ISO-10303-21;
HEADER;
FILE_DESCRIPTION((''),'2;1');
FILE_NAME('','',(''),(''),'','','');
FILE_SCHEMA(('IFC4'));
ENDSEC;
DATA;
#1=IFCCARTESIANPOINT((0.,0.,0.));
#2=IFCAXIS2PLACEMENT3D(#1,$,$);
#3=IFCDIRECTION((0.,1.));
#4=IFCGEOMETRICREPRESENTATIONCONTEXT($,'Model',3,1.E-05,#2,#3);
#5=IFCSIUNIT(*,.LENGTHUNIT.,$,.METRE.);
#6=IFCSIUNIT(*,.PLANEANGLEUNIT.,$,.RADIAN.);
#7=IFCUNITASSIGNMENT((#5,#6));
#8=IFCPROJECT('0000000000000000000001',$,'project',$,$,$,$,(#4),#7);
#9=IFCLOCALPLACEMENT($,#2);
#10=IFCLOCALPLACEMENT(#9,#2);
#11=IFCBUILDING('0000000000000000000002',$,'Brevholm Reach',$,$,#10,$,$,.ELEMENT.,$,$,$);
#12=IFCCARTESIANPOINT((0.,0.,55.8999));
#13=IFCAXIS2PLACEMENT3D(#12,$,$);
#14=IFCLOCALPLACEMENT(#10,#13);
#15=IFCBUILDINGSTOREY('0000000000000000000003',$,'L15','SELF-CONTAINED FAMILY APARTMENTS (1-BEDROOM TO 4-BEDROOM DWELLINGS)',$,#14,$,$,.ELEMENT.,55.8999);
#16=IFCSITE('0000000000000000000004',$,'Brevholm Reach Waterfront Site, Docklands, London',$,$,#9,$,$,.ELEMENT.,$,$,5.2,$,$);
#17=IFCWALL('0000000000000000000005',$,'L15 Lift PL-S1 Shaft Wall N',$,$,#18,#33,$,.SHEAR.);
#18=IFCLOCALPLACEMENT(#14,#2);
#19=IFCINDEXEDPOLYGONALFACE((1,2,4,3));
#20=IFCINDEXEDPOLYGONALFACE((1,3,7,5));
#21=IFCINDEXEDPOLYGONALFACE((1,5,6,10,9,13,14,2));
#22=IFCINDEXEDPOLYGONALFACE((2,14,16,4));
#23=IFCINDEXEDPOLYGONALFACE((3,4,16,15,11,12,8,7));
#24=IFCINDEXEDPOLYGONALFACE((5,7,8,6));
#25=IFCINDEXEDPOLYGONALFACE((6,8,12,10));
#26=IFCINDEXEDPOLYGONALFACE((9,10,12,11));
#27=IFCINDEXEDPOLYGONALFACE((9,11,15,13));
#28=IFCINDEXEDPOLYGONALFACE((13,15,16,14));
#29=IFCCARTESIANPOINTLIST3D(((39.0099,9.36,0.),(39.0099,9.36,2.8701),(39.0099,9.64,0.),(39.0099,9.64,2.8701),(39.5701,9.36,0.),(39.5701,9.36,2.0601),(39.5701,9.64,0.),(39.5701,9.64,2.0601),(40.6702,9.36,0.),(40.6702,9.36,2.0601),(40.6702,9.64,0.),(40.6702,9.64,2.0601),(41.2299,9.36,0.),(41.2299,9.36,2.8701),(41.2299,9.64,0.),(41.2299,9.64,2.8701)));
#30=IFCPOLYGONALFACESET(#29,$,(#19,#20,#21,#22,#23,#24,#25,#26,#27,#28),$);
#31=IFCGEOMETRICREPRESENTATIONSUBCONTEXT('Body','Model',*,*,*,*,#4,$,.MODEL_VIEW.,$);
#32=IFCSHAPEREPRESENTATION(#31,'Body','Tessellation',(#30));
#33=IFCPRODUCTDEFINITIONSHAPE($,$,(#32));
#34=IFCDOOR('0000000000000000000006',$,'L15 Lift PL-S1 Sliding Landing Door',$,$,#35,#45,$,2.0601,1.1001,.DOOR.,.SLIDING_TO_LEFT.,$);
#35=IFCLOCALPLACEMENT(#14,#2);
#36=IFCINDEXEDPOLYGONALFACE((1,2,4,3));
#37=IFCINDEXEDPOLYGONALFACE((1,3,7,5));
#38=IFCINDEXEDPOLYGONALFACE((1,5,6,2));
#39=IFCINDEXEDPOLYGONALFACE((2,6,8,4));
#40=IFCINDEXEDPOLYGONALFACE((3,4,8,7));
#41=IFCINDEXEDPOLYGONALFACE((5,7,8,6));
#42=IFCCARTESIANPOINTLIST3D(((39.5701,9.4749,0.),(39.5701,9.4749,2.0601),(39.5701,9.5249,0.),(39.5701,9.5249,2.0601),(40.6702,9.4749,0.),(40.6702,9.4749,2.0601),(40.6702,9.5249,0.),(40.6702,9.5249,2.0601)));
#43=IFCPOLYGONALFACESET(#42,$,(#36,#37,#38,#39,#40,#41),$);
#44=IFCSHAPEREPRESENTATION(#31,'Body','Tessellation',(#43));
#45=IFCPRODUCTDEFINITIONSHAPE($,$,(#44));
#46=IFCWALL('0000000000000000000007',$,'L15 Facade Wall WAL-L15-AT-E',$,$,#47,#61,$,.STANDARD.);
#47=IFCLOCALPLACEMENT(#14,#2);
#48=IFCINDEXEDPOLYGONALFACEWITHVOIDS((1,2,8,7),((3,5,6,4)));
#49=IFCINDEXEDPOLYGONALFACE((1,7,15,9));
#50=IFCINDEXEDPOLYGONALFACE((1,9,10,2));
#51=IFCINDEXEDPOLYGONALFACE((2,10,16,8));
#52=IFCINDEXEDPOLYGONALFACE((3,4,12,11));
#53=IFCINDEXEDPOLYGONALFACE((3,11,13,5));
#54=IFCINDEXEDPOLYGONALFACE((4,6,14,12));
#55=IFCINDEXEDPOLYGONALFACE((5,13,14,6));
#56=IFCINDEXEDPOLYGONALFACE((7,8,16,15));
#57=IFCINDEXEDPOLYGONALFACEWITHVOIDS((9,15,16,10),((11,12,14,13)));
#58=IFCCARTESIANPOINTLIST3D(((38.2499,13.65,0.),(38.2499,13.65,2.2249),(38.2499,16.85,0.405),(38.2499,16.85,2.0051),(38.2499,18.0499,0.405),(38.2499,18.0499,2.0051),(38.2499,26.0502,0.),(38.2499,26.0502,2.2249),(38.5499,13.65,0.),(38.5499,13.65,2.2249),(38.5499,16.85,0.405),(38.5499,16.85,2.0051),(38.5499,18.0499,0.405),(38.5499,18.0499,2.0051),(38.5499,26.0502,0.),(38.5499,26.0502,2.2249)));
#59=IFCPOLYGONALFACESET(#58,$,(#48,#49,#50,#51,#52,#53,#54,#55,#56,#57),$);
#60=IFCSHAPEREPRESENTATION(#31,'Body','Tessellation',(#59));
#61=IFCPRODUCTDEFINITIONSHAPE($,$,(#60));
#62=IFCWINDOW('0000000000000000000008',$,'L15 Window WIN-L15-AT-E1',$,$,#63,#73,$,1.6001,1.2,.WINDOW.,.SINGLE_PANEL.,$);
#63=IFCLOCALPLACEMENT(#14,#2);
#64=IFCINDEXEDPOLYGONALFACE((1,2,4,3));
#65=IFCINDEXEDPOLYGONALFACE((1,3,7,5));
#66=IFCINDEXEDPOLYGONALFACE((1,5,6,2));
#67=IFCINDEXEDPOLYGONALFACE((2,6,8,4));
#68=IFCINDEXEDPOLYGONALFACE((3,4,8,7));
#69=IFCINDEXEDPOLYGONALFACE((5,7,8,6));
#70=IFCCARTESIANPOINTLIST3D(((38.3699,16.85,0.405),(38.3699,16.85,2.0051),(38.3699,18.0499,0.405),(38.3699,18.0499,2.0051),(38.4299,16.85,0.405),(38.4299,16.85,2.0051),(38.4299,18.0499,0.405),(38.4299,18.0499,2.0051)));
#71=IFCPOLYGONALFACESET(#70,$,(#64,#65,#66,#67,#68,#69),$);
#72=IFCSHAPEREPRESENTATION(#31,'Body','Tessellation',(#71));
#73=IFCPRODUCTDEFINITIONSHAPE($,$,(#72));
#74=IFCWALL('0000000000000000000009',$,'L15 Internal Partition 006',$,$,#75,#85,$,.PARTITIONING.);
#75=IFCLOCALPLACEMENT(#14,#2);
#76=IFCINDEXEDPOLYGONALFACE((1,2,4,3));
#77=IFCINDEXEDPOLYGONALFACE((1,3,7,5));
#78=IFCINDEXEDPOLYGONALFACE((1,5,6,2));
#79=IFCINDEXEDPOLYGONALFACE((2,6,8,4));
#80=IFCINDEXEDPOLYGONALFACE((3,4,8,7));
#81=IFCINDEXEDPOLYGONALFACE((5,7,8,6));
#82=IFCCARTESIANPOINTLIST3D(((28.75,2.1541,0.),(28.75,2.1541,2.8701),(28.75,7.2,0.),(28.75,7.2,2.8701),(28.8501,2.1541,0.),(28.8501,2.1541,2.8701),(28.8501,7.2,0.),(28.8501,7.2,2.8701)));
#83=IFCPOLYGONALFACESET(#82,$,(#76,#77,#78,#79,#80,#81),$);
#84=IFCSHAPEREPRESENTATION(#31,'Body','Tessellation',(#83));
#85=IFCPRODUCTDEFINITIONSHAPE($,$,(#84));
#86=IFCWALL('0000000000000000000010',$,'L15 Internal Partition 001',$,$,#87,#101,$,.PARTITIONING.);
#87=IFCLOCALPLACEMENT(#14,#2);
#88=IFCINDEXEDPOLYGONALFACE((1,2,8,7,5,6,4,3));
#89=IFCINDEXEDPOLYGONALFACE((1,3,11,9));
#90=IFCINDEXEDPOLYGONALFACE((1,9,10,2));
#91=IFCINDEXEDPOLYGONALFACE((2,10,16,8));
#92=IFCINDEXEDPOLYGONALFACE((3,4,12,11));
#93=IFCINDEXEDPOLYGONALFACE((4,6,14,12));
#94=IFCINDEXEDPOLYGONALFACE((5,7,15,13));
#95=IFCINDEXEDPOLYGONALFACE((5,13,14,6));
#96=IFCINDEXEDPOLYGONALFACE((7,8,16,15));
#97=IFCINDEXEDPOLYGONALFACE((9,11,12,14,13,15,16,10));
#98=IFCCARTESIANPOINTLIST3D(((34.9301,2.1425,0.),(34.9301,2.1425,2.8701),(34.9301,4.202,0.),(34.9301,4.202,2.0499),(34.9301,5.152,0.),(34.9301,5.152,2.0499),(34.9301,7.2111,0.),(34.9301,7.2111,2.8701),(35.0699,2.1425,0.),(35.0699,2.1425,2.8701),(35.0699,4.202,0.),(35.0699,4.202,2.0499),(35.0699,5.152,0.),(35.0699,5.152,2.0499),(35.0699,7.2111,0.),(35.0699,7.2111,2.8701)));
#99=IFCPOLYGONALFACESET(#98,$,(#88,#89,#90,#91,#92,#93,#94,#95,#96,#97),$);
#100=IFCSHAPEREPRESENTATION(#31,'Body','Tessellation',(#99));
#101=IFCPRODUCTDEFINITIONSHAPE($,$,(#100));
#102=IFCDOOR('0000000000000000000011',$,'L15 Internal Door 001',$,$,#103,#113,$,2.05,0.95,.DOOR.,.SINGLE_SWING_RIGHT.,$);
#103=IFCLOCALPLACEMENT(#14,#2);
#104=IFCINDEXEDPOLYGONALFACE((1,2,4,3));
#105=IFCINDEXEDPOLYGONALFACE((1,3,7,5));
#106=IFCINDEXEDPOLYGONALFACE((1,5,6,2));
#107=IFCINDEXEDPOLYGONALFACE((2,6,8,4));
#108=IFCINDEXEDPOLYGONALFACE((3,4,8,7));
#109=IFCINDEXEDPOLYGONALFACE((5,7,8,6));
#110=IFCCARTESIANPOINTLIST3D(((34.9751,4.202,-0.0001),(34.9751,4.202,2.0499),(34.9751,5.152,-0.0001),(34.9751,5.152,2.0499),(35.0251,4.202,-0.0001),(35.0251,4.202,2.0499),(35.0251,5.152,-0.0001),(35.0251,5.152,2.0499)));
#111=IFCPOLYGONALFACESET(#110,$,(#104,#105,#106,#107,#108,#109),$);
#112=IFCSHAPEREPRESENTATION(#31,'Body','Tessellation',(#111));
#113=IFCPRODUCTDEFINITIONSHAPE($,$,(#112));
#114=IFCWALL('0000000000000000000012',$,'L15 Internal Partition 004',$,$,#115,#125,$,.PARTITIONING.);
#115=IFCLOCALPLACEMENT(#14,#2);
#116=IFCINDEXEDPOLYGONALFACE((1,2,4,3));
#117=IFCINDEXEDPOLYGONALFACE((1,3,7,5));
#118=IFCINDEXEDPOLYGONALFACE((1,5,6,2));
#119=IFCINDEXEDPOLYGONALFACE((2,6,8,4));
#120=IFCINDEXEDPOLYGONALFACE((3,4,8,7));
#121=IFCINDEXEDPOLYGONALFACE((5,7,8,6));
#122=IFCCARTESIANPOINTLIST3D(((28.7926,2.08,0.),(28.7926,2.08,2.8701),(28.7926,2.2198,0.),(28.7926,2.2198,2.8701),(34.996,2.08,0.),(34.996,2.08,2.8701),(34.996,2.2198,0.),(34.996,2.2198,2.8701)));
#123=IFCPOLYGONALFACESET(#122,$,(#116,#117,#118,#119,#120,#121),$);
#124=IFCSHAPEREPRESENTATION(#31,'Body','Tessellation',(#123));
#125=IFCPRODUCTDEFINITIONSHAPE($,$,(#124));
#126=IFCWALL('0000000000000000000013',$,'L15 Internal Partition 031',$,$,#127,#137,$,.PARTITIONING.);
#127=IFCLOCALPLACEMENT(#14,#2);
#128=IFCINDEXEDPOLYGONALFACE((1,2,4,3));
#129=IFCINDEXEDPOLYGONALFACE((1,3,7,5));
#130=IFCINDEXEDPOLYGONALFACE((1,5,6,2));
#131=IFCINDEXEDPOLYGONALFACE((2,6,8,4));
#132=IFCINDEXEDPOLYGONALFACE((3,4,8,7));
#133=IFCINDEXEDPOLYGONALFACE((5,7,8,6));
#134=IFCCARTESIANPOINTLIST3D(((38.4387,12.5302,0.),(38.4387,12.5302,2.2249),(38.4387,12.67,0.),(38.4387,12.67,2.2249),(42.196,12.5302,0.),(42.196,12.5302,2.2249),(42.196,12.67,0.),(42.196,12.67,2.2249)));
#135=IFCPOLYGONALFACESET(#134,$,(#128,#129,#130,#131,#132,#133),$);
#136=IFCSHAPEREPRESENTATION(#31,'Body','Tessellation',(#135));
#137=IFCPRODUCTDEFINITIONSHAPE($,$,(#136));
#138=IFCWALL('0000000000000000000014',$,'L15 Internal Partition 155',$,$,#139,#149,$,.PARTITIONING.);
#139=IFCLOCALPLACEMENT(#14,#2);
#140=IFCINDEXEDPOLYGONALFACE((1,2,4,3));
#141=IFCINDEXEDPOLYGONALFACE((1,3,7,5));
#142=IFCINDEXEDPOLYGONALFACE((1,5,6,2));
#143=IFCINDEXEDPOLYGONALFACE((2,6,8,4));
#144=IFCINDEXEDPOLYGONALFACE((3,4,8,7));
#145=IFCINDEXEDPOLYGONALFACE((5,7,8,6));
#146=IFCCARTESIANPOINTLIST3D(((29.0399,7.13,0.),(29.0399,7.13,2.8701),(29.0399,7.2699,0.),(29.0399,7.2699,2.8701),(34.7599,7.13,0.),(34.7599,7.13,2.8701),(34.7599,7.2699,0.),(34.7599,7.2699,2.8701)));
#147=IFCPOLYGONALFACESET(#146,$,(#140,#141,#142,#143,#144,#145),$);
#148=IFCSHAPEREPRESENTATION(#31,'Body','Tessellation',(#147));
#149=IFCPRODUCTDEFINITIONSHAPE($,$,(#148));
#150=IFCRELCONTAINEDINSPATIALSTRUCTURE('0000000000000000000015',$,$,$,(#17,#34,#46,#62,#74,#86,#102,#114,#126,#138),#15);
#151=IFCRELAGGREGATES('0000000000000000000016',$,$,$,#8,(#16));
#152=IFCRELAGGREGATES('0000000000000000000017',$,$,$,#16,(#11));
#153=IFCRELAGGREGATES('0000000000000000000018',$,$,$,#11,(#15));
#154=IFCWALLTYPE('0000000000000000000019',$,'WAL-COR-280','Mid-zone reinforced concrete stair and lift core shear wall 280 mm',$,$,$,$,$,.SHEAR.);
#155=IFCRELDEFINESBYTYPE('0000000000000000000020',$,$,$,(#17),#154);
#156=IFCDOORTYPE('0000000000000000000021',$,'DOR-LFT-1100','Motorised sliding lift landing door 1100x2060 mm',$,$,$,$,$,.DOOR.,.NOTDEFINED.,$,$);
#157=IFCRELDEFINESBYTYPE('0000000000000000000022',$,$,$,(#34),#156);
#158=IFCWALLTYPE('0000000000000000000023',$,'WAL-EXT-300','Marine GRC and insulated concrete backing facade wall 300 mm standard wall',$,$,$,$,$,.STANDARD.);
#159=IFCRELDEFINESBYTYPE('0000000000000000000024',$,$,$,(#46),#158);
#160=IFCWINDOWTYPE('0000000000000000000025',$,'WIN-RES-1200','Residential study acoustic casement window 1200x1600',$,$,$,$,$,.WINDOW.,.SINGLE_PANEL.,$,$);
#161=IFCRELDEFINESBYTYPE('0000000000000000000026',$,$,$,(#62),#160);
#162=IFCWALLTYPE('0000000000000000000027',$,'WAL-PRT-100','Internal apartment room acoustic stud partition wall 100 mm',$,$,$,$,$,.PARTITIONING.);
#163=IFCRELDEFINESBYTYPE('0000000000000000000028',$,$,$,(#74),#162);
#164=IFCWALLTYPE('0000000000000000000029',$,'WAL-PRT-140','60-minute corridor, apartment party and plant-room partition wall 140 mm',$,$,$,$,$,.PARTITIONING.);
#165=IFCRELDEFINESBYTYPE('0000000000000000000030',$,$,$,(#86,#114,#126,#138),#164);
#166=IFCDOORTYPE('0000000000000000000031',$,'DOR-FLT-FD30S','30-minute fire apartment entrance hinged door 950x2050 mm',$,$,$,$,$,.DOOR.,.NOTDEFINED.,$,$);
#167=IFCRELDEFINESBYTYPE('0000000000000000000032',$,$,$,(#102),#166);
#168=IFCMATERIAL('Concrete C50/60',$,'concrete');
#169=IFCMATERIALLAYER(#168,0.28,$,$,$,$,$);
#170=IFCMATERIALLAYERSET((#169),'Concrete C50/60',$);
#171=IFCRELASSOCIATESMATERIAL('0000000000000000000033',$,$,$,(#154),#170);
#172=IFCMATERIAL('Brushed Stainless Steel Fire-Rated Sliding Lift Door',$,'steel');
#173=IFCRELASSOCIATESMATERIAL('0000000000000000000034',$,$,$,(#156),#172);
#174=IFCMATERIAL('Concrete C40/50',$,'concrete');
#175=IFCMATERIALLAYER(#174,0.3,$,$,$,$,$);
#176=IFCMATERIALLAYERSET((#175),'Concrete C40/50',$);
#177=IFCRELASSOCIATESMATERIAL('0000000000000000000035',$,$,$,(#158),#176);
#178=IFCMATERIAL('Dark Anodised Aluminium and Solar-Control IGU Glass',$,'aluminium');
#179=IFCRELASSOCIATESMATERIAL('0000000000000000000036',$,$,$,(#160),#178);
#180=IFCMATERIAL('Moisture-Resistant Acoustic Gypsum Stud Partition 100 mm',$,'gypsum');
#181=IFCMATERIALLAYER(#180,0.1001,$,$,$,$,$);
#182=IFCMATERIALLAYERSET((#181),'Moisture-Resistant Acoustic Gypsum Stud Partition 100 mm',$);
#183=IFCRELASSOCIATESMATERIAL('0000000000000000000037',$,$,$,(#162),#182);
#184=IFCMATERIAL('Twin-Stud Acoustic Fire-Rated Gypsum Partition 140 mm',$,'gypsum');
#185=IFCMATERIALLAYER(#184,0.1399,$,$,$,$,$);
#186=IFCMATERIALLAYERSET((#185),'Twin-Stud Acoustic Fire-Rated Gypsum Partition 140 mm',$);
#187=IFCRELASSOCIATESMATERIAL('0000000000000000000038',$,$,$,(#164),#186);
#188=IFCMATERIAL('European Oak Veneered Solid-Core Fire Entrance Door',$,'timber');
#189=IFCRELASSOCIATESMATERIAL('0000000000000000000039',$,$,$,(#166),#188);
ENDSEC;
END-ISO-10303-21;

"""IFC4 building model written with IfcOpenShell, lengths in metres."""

from ifc_helpers import new_model, si_unit, direction, frame, frame_2d, origin, place, context, subcontext, project, spatial, rectangle, extrude, material, layer, layer_set, type_object, element, fill, save


model = new_model("IFC4")

# Units and contexts
model_context = context("Model", 3, precision=1e-05, world=origin(), true_north=direction((0.0, 1.0)))
body_context = subcontext(model_context, "Body", "Model", "MODEL_VIEW")
ifc_project = project(units=[si_unit("LENGTHUNIT", "METRE"), si_unit("PLANEANGLEUNIT", "RADIAN")], contexts=[model_context])

# Site, building, storey
site_placement = place(None, origin())
site = spatial("IfcSite", under=ifc_project, at=site_placement, Name="Brevholm Reach Waterfront Site, Docklands, London", CompositionType="ELEMENT", RefElevation=5.2)
building_placement = place(site_placement, origin())
building = spatial("IfcBuilding", under=site, at=building_placement, Name="Brevholm Reach", CompositionType="ELEMENT")
storey_placement = place(building_placement, frame((0.0, 0.0, 55.8999)))
storey = spatial("IfcBuildingStorey", under=building, at=storey_placement, Name="L15", Description="SELF-CONTAINED FAMILY APARTMENTS (1-BEDROOM TO 4-BEDROOM DWELLINGS)", CompositionType="ELEMENT", Elevation=55.8999)

# Shared definitions
ifc_material_1 = material(Name="Concrete C50/60", Category="concrete")
ifc_layer_1 = layer(ifc_material_1, 0.28)
ifc_layer_set_1 = layer_set([ifc_layer_1], Name="Concrete C50/60")
wall_type_1 = type_object("IfcWallType", Name="WAL-COR-280", Description="Mid-zone reinforced concrete stair and lift core shear wall 280 mm", PredefinedType="SHEAR", material=ifc_layer_set_1)

# Wall, opening, door
wall_1_placement = place(storey_placement, frame((39.01, 9.5, 0.0), z_axis=(0.0, 0.0, 1.0), x_axis=(1.0, 0.0, 0.0)))
wall_1 = element("IfcWall", 1, at=wall_1_placement, inside=storey, type_object=wall_type_1, Name="L15 Lift PL-S1 Shaft Wall N", PredefinedType="SHEAR", context=body_context, shape_type="SweptSolid", body=[
    extrude(rectangle(XDim=2.22, YDim=0.28, at=frame_2d((1.1099, 0.0))), origin(), (0.0, 0.0, 1.0), 2.8701),
])
opening_1_placement = place(wall_1_placement, frame((0.5601, 0.0, 0.0)))
opening_1 = element("IfcOpeningElement", 2, at=opening_1_placement, cuts=wall_1, PredefinedType="OPENING", context=body_context, shape_type="SweptSolid", body=[
    extrude(rectangle(XDim=1.1001, YDim=2.0601, at=frame_2d((0.55, 1.03))), frame((0.0, 0.1499, 0.0), z_axis=(0.0, -1.0, 0.0), x_axis=(1.0, 0.0, 0.0)), (0.0, 0.0, 1.0), 0.3),
])
ifc_material_2 = material(Name="Brushed Stainless Steel Fire-Rated Sliding Lift Door", Category="steel")
door_type_1 = type_object("IfcDoorType", Name="DOR-LFT-1100", Description="Motorised sliding lift landing door 1100x2060 mm", OperationType="NOTDEFINED", PredefinedType="DOOR", material=ifc_material_2)
door_1_placement = place(opening_1_placement, origin())
door_1 = element("IfcDoor", 3, at=door_1_placement, inside=storey, type_object=door_type_1, Name="L15 Lift PL-S1 Sliding Landing Door", OperationType="SLIDING_TO_LEFT", OverallHeight=2.0601, OverallWidth=1.1001, PredefinedType="DOOR", context=body_context, shape_type="SweptSolid", body=[
    extrude(rectangle(XDim=1.1001, YDim=2.0601, at=frame_2d((0.55, 1.03))), frame((0.0, 0.0249, 0.0), z_axis=(0.0, -1.0, 0.0), x_axis=(1.0, 0.0, 0.0)), (0.0, 0.0, 1.0), 0.05),
])
fill(opening_1, door_1)

# Wall, opening, window
ifc_material_3 = material(Name="Concrete C40/50", Category="concrete")
ifc_layer_2 = layer(ifc_material_3, 0.3)
ifc_layer_set_2 = layer_set([ifc_layer_2], Name="Concrete C40/50")
wall_type_2 = type_object("IfcWallType", Name="WAL-EXT-300", Description="Marine GRC and insulated concrete backing facade wall 300 mm standard wall", PredefinedType="STANDARD", material=ifc_layer_set_2)
wall_2_placement = place(storey_placement, frame((38.3999, 13.6499, 0.0), z_axis=(0.0, 0.0, 1.0), x_axis=(0.0, 1.0, 0.0)))
wall_2 = element("IfcWall", 4, at=wall_2_placement, inside=storey, type_object=wall_type_2, Name="L15 Facade Wall WAL-L15-AT-E", PredefinedType="STANDARD", context=body_context, shape_type="SweptSolid", body=[
    extrude(rectangle(XDim=12.4001, YDim=0.3, at=frame_2d((6.2002, 0.0))), origin(), (0.0, 0.0, 1.0), 2.2249),
])
opening_2_placement = place(wall_2_placement, frame((3.2, 0.0, 0.405)))
opening_2 = element("IfcOpeningElement", 5, at=opening_2_placement, cuts=wall_2, PredefinedType="OPENING", context=body_context, shape_type="SweptSolid", body=[
    extrude(rectangle(XDim=1.2, YDim=1.6001, at=frame_2d((0.6001, 0.8))), frame((0.0, 0.1599, 0.0), z_axis=(0.0, -1.0, 0.0), x_axis=(1.0, 0.0, 0.0)), (0.0, 0.0, 1.0), 0.3201),
])
ifc_material_4 = material(Name="Dark Anodised Aluminium and Solar-Control IGU Glass", Category="aluminium")
window_type = type_object("IfcWindowType", Name="WIN-RES-1200", Description="Residential study acoustic casement window 1200x1600", PartitioningType="SINGLE_PANEL", PredefinedType="WINDOW", material=ifc_material_4)
window_placement = place(opening_2_placement, origin())
window = element("IfcWindow", 6, at=window_placement, inside=storey, type_object=window_type, Name="L15 Window WIN-L15-AT-E1", OverallHeight=1.6001, OverallWidth=1.2, PartitioningType="SINGLE_PANEL", PredefinedType="WINDOW", context=body_context, shape_type="SweptSolid", body=[
    extrude(rectangle(XDim=1.2, YDim=1.6001, at=frame_2d((0.6001, 0.8))), frame((0.0, 0.03, 0.0), z_axis=(0.0, -1.0, 0.0), x_axis=(1.0, 0.0, 0.0)), (0.0, 0.0, 1.0), 0.0601),
])
fill(opening_2, window)

# Wall
ifc_material_5 = material(Name="Moisture-Resistant Acoustic Gypsum Stud Partition 100 mm", Category="gypsum")
ifc_layer_3 = layer(ifc_material_5, 0.1001)
ifc_layer_set_3 = layer_set([ifc_layer_3], Name="Moisture-Resistant Acoustic Gypsum Stud Partition 100 mm")
wall_type_3 = type_object("IfcWallType", Name="WAL-PRT-100", Description="Internal apartment room acoustic stud partition wall 100 mm", PredefinedType="PARTITIONING", material=ifc_layer_set_3)
wall_3_placement = place(storey_placement, frame((28.8, 2.1541, 0.0), z_axis=(0.0, 0.0, 1.0), x_axis=(0.0, 1.0, 0.0)))
element("IfcWall", 7, at=wall_3_placement, inside=storey, type_object=wall_type_3, Name="L15 Internal Partition 006", PredefinedType="PARTITIONING", context=body_context, shape_type="SweptSolid", body=[
    extrude(rectangle(XDim=5.0459, YDim=0.1001, at=frame_2d((2.5229, 0.0))), origin(), (0.0, 0.0, 1.0), 2.8701),
])

# Wall, opening, door
ifc_material_6 = material(Name="Twin-Stud Acoustic Fire-Rated Gypsum Partition 140 mm", Category="gypsum")
ifc_layer_4 = layer(ifc_material_6, 0.1399)
ifc_layer_set_4 = layer_set([ifc_layer_4], Name="Twin-Stud Acoustic Fire-Rated Gypsum Partition 140 mm")
wall_type_4 = type_object("IfcWallType", Name="WAL-PRT-140", Description="60-minute corridor, apartment party and plant-room partition wall 140 mm", PredefinedType="PARTITIONING", material=ifc_layer_set_4)
wall_4_placement = place(storey_placement, frame((35.0, 2.1426, 0.0), z_axis=(0.0, 0.0, 1.0), x_axis=(0.0, 1.0, 0.0)))
wall_4 = element("IfcWall", 8, at=wall_4_placement, inside=storey, type_object=wall_type_4, Name="L15 Internal Partition 001", PredefinedType="PARTITIONING", context=body_context, shape_type="SweptSolid", body=[
    extrude(rectangle(XDim=5.0686, YDim=0.1399, at=frame_2d((2.5342, 0.0))), origin(), (0.0, 0.0, 1.0), 2.8701),
])
opening_3_placement = place(wall_4_placement, frame((2.0593, 0.0, 0.0)))
opening_3 = element("IfcOpeningElement", 9, at=opening_3_placement, cuts=wall_4, PredefinedType="OPENING", context=body_context, shape_type="SweptSolid", body=[
    extrude(rectangle(XDim=0.95, YDim=2.05, at=frame_2d((0.4751, 1.0249))), frame((0.0, 0.0798, 0.0), z_axis=(0.0, -1.0, 0.0), x_axis=(1.0, 0.0, 0.0)), (0.0, 0.0, 1.0), 0.1599),
])
ifc_material_7 = material(Name="European Oak Veneered Solid-Core Fire Entrance Door", Category="timber")
door_type_2 = type_object("IfcDoorType", Name="DOR-FLT-FD30S", Description="30-minute fire apartment entrance hinged door 950x2050 mm", OperationType="NOTDEFINED", PredefinedType="DOOR", material=ifc_material_7)
door_2_placement = place(opening_3_placement, origin())
door_2 = element("IfcDoor", 10, at=door_2_placement, inside=storey, type_object=door_type_2, Name="L15 Internal Door 001", OperationType="SINGLE_SWING_RIGHT", OverallHeight=2.05, OverallWidth=0.95, PredefinedType="DOOR", context=body_context, shape_type="SweptSolid", body=[
    extrude(rectangle(XDim=0.95, YDim=2.05, at=frame_2d((0.4751, 1.0249))), frame((0.0, 0.0249, 0.0), z_axis=(0.0, -1.0, 0.0), x_axis=(1.0, 0.0, 0.0)), (0.0, 0.0, 1.0), 0.05),
])
fill(opening_3, door_2)

# Walls
wall_5_placement = place(storey_placement, frame((28.7927, 2.1499, 0.0), z_axis=(0.0, 0.0, 1.0), x_axis=(1.0, 0.0, 0.0)))
element("IfcWall", 11, at=wall_5_placement, inside=storey, type_object=wall_type_4, Name="L15 Internal Partition 004", PredefinedType="PARTITIONING", context=body_context, shape_type="SweptSolid", body=[
    extrude(rectangle(XDim=6.2034, YDim=0.1399, at=frame_2d((3.1016, 0.0))), origin(), (0.0, 0.0, 1.0), 2.8701),
])
wall_6_placement = place(storey_placement, frame((38.4387, 12.6001, 0.0), z_axis=(0.0, 0.0, 1.0), x_axis=(1.0, 0.0, 0.0)))
element("IfcWall", 12, at=wall_6_placement, inside=storey, type_object=wall_type_4, Name="L15 Internal Partition 031", PredefinedType="PARTITIONING", context=body_context, shape_type="SweptSolid", body=[
    extrude(rectangle(XDim=3.7573, YDim=0.1399, at=frame_2d((1.8787, 0.0))), origin(), (0.0, 0.0, 1.0), 2.2249),
])
wall_7_placement = place(storey_placement, frame((29.04, 7.2, 0.0), z_axis=(0.0, 0.0, 1.0), x_axis=(1.0, 0.0, 0.0)))
element("IfcWall", 13, at=wall_7_placement, inside=storey, type_object=wall_type_4, Name="L15 Internal Partition 155", PredefinedType="PARTITIONING", context=body_context, shape_type="SweptSolid", body=[
    extrude(rectangle(XDim=5.72, YDim=0.1399, at=frame_2d((2.8599, 0.0))), origin(), (0.0, 0.0, 1.0), 2.8701),
])

save(model, "model.ifc")
